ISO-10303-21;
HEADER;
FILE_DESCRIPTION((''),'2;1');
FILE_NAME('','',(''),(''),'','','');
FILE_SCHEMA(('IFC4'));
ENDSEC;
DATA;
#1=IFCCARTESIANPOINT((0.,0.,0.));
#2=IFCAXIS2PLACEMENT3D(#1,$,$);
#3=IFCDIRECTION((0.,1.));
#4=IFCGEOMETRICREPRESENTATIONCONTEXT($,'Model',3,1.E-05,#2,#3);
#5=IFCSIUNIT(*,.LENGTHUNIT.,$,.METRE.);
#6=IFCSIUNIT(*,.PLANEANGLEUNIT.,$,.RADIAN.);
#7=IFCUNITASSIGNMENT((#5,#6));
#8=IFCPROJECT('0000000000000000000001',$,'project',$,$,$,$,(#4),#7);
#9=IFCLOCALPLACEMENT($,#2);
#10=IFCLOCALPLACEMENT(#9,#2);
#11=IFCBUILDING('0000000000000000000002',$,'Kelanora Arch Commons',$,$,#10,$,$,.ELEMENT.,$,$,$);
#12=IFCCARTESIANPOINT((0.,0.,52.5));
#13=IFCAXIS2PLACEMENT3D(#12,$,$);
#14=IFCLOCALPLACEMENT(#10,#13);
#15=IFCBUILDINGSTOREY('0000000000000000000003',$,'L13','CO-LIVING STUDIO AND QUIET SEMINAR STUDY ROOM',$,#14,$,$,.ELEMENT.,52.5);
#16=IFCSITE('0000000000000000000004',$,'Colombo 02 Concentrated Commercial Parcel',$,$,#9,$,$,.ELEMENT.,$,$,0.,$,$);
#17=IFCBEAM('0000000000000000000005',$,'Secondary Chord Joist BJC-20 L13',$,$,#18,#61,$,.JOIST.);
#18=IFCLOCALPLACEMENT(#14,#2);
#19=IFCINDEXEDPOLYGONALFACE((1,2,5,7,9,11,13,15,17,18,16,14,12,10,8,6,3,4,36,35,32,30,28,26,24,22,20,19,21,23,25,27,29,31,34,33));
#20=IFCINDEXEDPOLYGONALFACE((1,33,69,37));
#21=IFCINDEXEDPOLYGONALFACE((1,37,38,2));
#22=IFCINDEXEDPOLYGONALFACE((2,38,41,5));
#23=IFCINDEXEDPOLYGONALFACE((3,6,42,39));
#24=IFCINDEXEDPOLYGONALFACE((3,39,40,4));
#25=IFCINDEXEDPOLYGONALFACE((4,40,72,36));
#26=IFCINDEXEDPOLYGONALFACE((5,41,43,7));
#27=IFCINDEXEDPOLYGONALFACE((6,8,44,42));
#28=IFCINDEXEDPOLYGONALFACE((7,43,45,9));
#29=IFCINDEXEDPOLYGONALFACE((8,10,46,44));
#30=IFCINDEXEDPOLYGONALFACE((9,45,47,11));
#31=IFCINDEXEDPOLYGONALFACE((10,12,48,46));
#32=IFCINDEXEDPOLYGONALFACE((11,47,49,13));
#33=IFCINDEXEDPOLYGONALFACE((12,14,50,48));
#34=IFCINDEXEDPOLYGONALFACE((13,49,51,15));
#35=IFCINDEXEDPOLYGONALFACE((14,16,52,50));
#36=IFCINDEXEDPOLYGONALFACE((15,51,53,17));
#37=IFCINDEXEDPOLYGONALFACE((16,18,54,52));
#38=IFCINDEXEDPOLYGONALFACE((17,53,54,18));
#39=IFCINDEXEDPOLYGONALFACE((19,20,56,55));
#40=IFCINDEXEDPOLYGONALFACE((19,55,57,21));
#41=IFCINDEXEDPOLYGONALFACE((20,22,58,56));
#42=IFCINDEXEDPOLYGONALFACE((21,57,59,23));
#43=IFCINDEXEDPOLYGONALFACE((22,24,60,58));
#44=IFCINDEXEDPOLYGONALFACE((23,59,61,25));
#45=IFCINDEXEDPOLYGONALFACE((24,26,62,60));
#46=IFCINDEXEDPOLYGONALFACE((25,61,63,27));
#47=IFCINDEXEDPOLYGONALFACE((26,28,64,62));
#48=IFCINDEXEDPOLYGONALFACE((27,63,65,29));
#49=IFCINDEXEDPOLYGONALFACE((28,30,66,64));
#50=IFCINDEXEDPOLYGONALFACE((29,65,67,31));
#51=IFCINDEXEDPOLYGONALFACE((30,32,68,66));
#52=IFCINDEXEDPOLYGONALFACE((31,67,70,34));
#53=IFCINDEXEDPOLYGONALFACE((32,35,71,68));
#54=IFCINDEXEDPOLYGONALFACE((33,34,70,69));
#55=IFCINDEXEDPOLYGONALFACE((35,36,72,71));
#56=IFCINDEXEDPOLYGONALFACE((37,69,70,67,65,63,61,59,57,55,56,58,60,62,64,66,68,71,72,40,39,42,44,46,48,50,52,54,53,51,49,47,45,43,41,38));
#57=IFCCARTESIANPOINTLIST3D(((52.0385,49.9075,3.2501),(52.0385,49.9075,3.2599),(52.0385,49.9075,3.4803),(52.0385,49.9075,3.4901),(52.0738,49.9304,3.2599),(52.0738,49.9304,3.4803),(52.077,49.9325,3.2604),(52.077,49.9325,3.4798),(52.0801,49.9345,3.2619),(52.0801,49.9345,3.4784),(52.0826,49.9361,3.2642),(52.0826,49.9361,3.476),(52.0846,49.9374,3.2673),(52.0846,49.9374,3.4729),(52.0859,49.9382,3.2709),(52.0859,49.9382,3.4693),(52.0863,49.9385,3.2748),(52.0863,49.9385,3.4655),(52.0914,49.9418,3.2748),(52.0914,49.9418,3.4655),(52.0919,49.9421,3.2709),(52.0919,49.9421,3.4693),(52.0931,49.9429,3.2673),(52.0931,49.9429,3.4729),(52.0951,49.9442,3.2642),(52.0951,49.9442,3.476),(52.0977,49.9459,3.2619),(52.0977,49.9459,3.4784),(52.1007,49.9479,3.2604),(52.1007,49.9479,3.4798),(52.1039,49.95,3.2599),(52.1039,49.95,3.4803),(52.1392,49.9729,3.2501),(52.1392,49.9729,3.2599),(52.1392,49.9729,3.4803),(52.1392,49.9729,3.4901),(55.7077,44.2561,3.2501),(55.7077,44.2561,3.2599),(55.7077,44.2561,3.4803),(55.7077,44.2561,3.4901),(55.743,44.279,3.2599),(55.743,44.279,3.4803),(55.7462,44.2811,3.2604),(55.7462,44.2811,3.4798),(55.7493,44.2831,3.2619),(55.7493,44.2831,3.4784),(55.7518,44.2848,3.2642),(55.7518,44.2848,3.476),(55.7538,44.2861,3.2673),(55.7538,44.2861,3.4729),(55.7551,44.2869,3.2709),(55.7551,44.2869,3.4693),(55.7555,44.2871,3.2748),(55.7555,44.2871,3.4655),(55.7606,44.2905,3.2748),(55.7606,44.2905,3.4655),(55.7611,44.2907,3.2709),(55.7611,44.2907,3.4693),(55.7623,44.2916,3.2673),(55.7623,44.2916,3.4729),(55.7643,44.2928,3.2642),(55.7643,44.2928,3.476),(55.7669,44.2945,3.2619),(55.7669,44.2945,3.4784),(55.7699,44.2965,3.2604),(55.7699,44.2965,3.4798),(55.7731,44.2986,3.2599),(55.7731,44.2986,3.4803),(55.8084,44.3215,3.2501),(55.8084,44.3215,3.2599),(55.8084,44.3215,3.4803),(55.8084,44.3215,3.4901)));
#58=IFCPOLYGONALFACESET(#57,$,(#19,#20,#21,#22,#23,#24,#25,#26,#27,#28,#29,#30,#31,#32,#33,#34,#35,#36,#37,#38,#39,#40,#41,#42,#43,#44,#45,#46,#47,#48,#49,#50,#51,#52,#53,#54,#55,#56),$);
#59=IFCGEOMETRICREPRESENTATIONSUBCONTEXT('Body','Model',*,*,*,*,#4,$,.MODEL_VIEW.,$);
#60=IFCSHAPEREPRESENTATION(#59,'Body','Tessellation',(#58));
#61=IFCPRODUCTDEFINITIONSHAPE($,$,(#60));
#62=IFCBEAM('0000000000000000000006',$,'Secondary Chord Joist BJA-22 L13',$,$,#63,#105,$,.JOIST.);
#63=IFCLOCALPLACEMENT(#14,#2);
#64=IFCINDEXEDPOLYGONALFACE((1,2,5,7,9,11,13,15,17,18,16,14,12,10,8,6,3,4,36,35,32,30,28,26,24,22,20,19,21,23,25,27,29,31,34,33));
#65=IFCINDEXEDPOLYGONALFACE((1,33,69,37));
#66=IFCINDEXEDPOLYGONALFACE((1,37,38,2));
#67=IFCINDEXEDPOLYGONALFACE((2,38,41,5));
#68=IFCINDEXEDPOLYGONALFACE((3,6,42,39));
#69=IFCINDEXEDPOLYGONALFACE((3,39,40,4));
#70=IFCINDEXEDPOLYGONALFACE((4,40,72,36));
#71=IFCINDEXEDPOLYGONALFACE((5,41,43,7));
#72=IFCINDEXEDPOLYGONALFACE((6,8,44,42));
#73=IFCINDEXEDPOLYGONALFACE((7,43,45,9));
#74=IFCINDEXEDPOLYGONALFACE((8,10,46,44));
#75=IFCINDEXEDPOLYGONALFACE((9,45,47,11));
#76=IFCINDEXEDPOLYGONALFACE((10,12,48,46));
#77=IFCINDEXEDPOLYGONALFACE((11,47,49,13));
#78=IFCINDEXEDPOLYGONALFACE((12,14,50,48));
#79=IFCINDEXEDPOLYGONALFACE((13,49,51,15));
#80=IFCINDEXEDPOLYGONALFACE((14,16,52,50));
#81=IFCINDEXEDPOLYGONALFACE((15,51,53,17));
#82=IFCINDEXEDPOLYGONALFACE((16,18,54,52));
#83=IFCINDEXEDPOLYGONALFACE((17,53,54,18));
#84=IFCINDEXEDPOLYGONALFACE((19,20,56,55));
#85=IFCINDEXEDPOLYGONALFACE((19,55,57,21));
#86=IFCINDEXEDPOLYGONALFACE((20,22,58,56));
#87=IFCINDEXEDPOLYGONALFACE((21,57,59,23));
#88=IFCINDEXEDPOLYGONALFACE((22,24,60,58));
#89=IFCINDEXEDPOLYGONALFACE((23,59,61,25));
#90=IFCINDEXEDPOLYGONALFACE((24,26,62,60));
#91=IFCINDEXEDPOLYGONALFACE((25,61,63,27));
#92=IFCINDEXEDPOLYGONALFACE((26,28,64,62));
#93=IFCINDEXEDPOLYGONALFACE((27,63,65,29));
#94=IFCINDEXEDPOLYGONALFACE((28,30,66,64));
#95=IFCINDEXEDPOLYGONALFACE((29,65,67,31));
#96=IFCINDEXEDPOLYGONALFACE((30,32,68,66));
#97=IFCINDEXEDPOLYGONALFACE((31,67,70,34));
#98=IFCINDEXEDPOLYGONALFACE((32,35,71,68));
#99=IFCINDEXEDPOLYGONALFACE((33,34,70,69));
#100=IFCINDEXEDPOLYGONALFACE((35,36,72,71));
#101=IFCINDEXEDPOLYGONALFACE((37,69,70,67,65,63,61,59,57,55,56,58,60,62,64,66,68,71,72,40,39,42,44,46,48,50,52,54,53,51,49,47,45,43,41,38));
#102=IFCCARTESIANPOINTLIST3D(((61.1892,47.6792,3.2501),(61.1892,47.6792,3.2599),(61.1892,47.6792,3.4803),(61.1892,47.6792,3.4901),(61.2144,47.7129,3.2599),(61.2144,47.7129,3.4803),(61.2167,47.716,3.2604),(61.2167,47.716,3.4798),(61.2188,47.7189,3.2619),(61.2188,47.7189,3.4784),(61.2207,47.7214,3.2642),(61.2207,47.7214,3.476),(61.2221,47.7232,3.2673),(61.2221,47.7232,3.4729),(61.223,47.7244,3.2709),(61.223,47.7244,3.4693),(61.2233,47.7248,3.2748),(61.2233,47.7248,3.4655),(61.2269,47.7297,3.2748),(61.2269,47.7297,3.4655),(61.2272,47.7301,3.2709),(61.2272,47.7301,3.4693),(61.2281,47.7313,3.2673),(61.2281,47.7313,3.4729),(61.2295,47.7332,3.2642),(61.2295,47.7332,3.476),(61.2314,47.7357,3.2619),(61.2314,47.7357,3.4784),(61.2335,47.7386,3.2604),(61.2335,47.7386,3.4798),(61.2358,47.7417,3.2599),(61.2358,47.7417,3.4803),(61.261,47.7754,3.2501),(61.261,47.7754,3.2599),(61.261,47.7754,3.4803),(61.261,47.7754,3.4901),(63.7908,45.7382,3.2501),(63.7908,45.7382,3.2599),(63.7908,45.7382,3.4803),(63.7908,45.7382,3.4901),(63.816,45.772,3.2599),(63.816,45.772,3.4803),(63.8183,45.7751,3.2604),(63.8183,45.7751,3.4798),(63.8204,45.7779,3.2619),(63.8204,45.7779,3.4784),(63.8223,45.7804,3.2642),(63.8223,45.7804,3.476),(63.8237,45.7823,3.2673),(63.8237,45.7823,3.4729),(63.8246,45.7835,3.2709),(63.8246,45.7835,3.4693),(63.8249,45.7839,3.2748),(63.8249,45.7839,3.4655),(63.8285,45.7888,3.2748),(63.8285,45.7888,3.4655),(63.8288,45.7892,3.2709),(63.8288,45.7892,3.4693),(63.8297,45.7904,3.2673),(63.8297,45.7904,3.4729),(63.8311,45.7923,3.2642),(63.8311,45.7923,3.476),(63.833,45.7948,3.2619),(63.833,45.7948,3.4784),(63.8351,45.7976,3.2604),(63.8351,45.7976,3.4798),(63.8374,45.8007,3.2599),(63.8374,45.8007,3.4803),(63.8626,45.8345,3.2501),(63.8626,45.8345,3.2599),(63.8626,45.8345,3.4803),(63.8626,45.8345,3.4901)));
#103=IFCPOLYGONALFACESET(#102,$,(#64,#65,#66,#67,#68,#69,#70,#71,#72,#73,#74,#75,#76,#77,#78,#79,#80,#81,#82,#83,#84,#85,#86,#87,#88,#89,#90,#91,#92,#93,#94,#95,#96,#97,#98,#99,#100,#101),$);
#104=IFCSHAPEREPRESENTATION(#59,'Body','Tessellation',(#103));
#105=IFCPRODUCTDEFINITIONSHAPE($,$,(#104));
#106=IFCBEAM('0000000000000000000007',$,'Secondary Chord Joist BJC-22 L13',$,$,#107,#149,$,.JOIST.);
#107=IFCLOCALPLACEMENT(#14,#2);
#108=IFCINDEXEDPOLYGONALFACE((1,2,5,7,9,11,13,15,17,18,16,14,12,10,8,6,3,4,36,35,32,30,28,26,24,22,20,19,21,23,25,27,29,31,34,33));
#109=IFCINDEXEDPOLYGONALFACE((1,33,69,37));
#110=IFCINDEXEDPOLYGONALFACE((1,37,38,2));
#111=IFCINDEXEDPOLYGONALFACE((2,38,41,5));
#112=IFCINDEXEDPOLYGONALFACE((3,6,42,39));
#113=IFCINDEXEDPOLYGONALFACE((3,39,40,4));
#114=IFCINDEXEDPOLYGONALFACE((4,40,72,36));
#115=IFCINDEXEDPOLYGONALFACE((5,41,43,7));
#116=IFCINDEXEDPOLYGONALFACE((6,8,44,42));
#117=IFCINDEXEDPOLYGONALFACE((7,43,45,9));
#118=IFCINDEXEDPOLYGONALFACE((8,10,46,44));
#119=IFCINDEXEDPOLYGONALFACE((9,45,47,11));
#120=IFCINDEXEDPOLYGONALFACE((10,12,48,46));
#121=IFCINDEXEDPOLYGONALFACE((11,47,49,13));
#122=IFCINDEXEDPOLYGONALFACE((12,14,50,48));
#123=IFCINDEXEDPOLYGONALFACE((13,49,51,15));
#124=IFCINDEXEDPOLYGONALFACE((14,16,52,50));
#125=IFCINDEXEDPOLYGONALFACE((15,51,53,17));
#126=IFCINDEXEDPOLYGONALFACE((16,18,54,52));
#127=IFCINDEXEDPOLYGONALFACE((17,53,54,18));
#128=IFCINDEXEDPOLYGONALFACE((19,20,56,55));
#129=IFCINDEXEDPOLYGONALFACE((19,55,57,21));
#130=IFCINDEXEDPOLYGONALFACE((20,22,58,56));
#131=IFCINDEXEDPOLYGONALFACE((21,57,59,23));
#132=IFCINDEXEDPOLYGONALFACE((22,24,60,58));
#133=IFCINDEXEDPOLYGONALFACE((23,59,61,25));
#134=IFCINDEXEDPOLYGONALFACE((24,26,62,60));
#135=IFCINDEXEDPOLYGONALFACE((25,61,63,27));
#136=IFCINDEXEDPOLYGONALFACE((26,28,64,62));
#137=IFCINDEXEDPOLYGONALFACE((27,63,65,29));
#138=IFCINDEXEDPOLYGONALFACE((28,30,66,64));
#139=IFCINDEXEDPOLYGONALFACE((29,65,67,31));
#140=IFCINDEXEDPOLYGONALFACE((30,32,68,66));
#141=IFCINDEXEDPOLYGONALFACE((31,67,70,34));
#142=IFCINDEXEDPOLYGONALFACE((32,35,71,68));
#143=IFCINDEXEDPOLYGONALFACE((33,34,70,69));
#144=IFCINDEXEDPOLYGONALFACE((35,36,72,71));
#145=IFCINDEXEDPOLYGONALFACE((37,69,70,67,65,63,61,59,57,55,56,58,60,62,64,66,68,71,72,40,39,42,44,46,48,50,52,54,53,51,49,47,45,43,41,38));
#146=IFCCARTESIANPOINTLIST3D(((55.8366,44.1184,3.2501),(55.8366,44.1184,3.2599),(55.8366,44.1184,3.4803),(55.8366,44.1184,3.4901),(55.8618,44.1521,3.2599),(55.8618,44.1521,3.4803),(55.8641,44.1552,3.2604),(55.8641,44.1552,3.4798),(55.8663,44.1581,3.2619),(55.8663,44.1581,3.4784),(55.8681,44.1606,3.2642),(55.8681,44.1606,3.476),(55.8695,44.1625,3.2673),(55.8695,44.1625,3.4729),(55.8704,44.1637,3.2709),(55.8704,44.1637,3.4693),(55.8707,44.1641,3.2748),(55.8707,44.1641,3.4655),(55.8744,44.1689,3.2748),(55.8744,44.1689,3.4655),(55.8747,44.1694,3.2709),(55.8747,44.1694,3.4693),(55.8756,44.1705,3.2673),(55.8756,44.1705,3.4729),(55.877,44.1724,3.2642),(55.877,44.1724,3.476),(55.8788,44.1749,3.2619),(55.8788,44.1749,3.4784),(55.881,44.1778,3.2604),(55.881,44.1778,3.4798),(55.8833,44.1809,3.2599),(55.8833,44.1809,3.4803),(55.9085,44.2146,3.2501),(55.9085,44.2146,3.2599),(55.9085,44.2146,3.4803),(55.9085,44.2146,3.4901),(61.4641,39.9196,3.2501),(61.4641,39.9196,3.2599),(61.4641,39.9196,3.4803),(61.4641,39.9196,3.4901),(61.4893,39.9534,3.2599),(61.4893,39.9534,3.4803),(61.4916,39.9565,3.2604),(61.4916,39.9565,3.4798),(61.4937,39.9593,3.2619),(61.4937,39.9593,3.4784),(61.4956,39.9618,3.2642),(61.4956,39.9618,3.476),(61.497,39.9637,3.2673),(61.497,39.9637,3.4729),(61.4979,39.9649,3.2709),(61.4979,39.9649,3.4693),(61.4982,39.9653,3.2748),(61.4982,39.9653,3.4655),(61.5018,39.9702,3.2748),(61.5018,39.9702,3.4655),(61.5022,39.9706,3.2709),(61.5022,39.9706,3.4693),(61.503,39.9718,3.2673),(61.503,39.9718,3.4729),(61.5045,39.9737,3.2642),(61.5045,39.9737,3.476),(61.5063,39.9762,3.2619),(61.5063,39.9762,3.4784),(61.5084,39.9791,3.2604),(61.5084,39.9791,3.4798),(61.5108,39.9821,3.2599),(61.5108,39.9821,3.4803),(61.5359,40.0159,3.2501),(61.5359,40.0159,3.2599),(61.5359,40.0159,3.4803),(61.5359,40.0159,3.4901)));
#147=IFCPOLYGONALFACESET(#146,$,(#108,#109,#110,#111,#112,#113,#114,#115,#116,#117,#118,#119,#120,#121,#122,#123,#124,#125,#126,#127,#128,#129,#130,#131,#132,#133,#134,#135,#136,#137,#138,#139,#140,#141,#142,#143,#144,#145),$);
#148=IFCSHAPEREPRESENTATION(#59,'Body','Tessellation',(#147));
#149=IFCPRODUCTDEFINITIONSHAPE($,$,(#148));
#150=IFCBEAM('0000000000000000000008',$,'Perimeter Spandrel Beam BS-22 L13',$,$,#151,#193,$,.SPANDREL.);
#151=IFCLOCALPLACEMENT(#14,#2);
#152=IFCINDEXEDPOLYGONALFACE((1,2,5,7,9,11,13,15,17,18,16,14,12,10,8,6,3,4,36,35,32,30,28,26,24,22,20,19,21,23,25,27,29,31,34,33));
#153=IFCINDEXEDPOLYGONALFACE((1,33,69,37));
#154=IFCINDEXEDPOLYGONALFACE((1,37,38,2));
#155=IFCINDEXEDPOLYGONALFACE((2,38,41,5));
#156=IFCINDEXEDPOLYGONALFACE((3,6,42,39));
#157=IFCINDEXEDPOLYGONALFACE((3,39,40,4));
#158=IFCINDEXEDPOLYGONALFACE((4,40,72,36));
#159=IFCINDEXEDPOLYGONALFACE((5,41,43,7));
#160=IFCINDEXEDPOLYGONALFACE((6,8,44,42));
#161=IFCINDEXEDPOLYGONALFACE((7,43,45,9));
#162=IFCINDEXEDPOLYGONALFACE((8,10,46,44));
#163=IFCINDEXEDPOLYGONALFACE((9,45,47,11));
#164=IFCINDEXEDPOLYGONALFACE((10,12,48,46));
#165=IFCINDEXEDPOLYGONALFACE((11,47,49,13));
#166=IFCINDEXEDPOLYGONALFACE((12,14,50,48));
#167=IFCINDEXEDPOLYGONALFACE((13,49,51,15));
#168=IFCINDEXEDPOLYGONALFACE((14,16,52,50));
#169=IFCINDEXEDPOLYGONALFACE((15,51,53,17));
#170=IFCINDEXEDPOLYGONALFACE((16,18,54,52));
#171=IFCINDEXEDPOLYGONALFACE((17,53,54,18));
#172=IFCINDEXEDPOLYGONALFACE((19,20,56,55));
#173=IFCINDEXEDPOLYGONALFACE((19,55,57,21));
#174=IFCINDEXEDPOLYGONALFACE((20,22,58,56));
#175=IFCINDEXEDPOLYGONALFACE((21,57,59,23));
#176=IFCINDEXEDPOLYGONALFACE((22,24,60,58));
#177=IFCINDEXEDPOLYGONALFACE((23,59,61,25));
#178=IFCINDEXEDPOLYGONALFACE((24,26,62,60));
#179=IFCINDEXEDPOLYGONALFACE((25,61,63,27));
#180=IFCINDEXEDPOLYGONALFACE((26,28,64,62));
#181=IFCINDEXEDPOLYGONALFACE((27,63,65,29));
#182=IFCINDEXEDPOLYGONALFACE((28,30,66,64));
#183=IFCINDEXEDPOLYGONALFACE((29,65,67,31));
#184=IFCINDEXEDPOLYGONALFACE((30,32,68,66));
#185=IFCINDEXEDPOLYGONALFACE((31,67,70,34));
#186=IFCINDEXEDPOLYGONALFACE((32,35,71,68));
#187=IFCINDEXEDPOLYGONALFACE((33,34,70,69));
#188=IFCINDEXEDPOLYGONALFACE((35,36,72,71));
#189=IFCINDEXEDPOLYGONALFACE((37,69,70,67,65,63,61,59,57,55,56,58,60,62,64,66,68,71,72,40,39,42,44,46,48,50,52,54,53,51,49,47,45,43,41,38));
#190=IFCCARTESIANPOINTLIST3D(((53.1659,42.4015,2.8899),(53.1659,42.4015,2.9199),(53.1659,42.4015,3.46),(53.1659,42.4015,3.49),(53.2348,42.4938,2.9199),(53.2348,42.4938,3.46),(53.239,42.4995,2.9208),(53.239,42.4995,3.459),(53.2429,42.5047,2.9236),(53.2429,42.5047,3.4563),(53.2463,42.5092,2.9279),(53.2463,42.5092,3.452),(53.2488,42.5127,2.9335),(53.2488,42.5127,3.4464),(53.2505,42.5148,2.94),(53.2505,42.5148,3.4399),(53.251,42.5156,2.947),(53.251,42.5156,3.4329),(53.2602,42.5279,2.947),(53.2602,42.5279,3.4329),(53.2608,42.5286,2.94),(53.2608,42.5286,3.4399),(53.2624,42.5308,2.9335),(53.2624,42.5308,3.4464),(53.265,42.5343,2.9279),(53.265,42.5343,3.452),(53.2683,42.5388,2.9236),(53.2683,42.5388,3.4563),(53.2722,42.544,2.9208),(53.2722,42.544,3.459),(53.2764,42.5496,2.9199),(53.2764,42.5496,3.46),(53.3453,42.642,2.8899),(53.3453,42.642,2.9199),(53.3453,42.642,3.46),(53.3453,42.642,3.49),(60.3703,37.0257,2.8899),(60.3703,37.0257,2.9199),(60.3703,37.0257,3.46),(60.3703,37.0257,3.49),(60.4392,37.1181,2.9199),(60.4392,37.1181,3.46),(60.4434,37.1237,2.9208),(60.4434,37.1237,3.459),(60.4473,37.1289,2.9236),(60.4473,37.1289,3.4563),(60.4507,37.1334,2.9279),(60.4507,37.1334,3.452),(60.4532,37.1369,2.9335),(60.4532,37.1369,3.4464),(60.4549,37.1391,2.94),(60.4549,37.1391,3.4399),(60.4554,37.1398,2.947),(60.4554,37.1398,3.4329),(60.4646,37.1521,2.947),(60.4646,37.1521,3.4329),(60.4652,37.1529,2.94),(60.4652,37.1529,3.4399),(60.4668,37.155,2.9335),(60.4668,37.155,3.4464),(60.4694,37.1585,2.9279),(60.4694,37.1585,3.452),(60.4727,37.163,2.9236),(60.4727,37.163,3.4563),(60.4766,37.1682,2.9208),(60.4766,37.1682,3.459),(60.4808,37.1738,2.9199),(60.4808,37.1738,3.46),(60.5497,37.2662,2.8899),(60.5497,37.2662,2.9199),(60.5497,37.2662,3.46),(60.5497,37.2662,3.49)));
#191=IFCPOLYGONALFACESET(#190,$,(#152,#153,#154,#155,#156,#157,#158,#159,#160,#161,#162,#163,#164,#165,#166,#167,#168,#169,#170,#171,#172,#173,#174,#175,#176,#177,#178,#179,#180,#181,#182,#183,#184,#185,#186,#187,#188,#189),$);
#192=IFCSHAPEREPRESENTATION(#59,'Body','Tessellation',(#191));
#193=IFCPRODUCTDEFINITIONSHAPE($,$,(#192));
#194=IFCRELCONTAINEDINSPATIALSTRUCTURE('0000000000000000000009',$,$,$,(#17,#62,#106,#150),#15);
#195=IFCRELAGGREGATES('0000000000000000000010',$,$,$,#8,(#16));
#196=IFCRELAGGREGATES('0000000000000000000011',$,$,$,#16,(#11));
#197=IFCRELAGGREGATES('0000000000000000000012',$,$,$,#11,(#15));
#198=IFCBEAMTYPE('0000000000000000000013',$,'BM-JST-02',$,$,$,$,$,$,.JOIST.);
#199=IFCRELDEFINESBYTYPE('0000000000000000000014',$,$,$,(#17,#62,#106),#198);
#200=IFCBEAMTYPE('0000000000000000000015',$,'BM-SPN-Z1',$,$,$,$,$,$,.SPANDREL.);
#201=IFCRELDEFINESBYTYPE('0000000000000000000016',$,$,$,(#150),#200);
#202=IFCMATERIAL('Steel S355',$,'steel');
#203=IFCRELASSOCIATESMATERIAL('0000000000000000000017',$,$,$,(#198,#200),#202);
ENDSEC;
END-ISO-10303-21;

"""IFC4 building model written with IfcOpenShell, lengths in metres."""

from ifc_helpers import new_model, si_unit, direction, frame, origin, origin_2d, place, context, subcontext, project, spatial, i_section, extrude, material, material_profile, profile_set, type_object, element, save


model = new_model("IFC4")

# Units and contexts
model_context = context("Model", 3, precision=1e-05, world=origin(), true_north=direction((0.0, 1.0)))
body_context = subcontext(model_context, "Body", "Model", "MODEL_VIEW")
ifc_project = project(units=[si_unit("LENGTHUNIT", "METRE"), si_unit("PLANEANGLEUNIT", "RADIAN")], contexts=[model_context])

# Site, building, storey
site_placement = place(None, origin())
site = spatial("IfcSite", under=ifc_project, at=site_placement, Name="Colombo 02 Concentrated Commercial Parcel", CompositionType="ELEMENT", RefElevation=0.0)
building_placement = place(site_placement, origin())
building = spatial("IfcBuilding", under=site, at=building_placement, Name="Kelanora Arch Commons", CompositionType="ELEMENT")
storey_placement = place(building_placement, frame((0.0, 0.0, 52.5)))
storey = spatial("IfcBuildingStorey", under=building, at=storey_placement, Name="L13", Description="CO-LIVING STUDIO AND QUIET SEMINAR STUDY ROOM", CompositionType="ELEMENT", Elevation=52.5)

# Beams
ifc_material_1 = material(Name="Steel S355", Category="steel")
ifc_material_profile_1 = material_profile(ifc_material_1, i_section(OverallWidth=0.1201, OverallDepth=0.24, WebThickness=0.0061, FlangeThickness=0.0098, FilletRadius=0.0149, at=origin_2d()), Name="IPE240")
ifc_profile_set_1 = profile_set([ifc_material_profile_1], Name="Steel S355")
beam_type_1 = type_object("IfcBeamType", Name="BM-JST-02", PredefinedType="JOIST", material=ifc_profile_set_1)
beam_1_placement = place(storey_placement, frame((52.0889, 49.9402, 3.3701), z_axis=(0.54455, -0.838728, 0.0), x_axis=(0.838728, 0.54455, 0.0)))
element("IfcBeam", 1, at=beam_1_placement, inside=storey, type_object=beam_type_1, Name="Secondary Chord Joist BJC-20 L13", PredefinedType="JOIST", context=body_context, shape_type="SweptSolid", body=[
    extrude(i_section(OverallWidth=0.1201, OverallDepth=0.24, WebThickness=0.0061, FlangeThickness=0.0098, FilletRadius=0.0149, at=origin_2d()), origin(), (0.0, 0.0, 1.0), 6.738),
])
beam_2_placement = place(storey_placement, frame((61.2251, 47.7273, 3.3701), z_axis=(0.801514, -0.597976, 0.0), x_axis=(0.597976, 0.801514, 0.0)))
element("IfcBeam", 2, at=beam_2_placement, inside=storey, type_object=beam_type_1, Name="Secondary Chord Joist BJA-22 L13", PredefinedType="JOIST", context=body_context, shape_type="SweptSolid", body=[
    extrude(i_section(OverallWidth=0.1201, OverallDepth=0.24, WebThickness=0.0061, FlangeThickness=0.0098, FilletRadius=0.0149, at=origin_2d()), origin(), (0.0, 0.0, 1.0), 3.2458),
])
beam_3_placement = place(storey_placement, frame((55.8726, 44.1665, 3.3701), z_axis=(0.801491, -0.598006, 0.0), x_axis=(0.598006, 0.801491, 0.0)))
element("IfcBeam", 3, at=beam_3_placement, inside=storey, type_object=beam_type_1, Name="Secondary Chord Joist BJC-22 L13", PredefinedType="JOIST", context=body_context, shape_type="SweptSolid", body=[
    extrude(i_section(OverallWidth=0.1201, OverallDepth=0.24, WebThickness=0.0061, FlangeThickness=0.0098, FilletRadius=0.0149, at=origin_2d()), origin(), (0.0, 0.0, 1.0), 7.0212),
])
ifc_material_profile_2 = material_profile(ifc_material_1, i_section(OverallWidth=0.3, OverallDepth=0.6001, WebThickness=0.0154, FlangeThickness=0.03, FilletRadius=0.0271, at=origin_2d()), Name="HEB600")
ifc_profile_set_2 = profile_set([ifc_material_profile_2], Name="Steel S355")
beam_type_2 = type_object("IfcBeamType", Name="BM-SPN-Z1", PredefinedType="SPANDREL", material=ifc_profile_set_2)
beam_4_placement = place(storey_placement, frame((53.2556, 42.5217, 3.1899), z_axis=(0.801468, -0.598038, 0.0), x_axis=(0.598038, 0.801468, 0.0)))
element("IfcBeam", 4, at=beam_4_placement, inside=storey, type_object=beam_type_2, Name="Perimeter Spandrel Beam BS-22 L13", PredefinedType="SPANDREL", context=body_context, shape_type="SweptSolid", body=[
    extrude(i_section(OverallWidth=0.3, OverallDepth=0.6001, WebThickness=0.0154, FlangeThickness=0.03, FilletRadius=0.0271, at=origin_2d()), origin(), (0.0, 0.0, 1.0), 8.989),
])

save(model, "model.ifc")
